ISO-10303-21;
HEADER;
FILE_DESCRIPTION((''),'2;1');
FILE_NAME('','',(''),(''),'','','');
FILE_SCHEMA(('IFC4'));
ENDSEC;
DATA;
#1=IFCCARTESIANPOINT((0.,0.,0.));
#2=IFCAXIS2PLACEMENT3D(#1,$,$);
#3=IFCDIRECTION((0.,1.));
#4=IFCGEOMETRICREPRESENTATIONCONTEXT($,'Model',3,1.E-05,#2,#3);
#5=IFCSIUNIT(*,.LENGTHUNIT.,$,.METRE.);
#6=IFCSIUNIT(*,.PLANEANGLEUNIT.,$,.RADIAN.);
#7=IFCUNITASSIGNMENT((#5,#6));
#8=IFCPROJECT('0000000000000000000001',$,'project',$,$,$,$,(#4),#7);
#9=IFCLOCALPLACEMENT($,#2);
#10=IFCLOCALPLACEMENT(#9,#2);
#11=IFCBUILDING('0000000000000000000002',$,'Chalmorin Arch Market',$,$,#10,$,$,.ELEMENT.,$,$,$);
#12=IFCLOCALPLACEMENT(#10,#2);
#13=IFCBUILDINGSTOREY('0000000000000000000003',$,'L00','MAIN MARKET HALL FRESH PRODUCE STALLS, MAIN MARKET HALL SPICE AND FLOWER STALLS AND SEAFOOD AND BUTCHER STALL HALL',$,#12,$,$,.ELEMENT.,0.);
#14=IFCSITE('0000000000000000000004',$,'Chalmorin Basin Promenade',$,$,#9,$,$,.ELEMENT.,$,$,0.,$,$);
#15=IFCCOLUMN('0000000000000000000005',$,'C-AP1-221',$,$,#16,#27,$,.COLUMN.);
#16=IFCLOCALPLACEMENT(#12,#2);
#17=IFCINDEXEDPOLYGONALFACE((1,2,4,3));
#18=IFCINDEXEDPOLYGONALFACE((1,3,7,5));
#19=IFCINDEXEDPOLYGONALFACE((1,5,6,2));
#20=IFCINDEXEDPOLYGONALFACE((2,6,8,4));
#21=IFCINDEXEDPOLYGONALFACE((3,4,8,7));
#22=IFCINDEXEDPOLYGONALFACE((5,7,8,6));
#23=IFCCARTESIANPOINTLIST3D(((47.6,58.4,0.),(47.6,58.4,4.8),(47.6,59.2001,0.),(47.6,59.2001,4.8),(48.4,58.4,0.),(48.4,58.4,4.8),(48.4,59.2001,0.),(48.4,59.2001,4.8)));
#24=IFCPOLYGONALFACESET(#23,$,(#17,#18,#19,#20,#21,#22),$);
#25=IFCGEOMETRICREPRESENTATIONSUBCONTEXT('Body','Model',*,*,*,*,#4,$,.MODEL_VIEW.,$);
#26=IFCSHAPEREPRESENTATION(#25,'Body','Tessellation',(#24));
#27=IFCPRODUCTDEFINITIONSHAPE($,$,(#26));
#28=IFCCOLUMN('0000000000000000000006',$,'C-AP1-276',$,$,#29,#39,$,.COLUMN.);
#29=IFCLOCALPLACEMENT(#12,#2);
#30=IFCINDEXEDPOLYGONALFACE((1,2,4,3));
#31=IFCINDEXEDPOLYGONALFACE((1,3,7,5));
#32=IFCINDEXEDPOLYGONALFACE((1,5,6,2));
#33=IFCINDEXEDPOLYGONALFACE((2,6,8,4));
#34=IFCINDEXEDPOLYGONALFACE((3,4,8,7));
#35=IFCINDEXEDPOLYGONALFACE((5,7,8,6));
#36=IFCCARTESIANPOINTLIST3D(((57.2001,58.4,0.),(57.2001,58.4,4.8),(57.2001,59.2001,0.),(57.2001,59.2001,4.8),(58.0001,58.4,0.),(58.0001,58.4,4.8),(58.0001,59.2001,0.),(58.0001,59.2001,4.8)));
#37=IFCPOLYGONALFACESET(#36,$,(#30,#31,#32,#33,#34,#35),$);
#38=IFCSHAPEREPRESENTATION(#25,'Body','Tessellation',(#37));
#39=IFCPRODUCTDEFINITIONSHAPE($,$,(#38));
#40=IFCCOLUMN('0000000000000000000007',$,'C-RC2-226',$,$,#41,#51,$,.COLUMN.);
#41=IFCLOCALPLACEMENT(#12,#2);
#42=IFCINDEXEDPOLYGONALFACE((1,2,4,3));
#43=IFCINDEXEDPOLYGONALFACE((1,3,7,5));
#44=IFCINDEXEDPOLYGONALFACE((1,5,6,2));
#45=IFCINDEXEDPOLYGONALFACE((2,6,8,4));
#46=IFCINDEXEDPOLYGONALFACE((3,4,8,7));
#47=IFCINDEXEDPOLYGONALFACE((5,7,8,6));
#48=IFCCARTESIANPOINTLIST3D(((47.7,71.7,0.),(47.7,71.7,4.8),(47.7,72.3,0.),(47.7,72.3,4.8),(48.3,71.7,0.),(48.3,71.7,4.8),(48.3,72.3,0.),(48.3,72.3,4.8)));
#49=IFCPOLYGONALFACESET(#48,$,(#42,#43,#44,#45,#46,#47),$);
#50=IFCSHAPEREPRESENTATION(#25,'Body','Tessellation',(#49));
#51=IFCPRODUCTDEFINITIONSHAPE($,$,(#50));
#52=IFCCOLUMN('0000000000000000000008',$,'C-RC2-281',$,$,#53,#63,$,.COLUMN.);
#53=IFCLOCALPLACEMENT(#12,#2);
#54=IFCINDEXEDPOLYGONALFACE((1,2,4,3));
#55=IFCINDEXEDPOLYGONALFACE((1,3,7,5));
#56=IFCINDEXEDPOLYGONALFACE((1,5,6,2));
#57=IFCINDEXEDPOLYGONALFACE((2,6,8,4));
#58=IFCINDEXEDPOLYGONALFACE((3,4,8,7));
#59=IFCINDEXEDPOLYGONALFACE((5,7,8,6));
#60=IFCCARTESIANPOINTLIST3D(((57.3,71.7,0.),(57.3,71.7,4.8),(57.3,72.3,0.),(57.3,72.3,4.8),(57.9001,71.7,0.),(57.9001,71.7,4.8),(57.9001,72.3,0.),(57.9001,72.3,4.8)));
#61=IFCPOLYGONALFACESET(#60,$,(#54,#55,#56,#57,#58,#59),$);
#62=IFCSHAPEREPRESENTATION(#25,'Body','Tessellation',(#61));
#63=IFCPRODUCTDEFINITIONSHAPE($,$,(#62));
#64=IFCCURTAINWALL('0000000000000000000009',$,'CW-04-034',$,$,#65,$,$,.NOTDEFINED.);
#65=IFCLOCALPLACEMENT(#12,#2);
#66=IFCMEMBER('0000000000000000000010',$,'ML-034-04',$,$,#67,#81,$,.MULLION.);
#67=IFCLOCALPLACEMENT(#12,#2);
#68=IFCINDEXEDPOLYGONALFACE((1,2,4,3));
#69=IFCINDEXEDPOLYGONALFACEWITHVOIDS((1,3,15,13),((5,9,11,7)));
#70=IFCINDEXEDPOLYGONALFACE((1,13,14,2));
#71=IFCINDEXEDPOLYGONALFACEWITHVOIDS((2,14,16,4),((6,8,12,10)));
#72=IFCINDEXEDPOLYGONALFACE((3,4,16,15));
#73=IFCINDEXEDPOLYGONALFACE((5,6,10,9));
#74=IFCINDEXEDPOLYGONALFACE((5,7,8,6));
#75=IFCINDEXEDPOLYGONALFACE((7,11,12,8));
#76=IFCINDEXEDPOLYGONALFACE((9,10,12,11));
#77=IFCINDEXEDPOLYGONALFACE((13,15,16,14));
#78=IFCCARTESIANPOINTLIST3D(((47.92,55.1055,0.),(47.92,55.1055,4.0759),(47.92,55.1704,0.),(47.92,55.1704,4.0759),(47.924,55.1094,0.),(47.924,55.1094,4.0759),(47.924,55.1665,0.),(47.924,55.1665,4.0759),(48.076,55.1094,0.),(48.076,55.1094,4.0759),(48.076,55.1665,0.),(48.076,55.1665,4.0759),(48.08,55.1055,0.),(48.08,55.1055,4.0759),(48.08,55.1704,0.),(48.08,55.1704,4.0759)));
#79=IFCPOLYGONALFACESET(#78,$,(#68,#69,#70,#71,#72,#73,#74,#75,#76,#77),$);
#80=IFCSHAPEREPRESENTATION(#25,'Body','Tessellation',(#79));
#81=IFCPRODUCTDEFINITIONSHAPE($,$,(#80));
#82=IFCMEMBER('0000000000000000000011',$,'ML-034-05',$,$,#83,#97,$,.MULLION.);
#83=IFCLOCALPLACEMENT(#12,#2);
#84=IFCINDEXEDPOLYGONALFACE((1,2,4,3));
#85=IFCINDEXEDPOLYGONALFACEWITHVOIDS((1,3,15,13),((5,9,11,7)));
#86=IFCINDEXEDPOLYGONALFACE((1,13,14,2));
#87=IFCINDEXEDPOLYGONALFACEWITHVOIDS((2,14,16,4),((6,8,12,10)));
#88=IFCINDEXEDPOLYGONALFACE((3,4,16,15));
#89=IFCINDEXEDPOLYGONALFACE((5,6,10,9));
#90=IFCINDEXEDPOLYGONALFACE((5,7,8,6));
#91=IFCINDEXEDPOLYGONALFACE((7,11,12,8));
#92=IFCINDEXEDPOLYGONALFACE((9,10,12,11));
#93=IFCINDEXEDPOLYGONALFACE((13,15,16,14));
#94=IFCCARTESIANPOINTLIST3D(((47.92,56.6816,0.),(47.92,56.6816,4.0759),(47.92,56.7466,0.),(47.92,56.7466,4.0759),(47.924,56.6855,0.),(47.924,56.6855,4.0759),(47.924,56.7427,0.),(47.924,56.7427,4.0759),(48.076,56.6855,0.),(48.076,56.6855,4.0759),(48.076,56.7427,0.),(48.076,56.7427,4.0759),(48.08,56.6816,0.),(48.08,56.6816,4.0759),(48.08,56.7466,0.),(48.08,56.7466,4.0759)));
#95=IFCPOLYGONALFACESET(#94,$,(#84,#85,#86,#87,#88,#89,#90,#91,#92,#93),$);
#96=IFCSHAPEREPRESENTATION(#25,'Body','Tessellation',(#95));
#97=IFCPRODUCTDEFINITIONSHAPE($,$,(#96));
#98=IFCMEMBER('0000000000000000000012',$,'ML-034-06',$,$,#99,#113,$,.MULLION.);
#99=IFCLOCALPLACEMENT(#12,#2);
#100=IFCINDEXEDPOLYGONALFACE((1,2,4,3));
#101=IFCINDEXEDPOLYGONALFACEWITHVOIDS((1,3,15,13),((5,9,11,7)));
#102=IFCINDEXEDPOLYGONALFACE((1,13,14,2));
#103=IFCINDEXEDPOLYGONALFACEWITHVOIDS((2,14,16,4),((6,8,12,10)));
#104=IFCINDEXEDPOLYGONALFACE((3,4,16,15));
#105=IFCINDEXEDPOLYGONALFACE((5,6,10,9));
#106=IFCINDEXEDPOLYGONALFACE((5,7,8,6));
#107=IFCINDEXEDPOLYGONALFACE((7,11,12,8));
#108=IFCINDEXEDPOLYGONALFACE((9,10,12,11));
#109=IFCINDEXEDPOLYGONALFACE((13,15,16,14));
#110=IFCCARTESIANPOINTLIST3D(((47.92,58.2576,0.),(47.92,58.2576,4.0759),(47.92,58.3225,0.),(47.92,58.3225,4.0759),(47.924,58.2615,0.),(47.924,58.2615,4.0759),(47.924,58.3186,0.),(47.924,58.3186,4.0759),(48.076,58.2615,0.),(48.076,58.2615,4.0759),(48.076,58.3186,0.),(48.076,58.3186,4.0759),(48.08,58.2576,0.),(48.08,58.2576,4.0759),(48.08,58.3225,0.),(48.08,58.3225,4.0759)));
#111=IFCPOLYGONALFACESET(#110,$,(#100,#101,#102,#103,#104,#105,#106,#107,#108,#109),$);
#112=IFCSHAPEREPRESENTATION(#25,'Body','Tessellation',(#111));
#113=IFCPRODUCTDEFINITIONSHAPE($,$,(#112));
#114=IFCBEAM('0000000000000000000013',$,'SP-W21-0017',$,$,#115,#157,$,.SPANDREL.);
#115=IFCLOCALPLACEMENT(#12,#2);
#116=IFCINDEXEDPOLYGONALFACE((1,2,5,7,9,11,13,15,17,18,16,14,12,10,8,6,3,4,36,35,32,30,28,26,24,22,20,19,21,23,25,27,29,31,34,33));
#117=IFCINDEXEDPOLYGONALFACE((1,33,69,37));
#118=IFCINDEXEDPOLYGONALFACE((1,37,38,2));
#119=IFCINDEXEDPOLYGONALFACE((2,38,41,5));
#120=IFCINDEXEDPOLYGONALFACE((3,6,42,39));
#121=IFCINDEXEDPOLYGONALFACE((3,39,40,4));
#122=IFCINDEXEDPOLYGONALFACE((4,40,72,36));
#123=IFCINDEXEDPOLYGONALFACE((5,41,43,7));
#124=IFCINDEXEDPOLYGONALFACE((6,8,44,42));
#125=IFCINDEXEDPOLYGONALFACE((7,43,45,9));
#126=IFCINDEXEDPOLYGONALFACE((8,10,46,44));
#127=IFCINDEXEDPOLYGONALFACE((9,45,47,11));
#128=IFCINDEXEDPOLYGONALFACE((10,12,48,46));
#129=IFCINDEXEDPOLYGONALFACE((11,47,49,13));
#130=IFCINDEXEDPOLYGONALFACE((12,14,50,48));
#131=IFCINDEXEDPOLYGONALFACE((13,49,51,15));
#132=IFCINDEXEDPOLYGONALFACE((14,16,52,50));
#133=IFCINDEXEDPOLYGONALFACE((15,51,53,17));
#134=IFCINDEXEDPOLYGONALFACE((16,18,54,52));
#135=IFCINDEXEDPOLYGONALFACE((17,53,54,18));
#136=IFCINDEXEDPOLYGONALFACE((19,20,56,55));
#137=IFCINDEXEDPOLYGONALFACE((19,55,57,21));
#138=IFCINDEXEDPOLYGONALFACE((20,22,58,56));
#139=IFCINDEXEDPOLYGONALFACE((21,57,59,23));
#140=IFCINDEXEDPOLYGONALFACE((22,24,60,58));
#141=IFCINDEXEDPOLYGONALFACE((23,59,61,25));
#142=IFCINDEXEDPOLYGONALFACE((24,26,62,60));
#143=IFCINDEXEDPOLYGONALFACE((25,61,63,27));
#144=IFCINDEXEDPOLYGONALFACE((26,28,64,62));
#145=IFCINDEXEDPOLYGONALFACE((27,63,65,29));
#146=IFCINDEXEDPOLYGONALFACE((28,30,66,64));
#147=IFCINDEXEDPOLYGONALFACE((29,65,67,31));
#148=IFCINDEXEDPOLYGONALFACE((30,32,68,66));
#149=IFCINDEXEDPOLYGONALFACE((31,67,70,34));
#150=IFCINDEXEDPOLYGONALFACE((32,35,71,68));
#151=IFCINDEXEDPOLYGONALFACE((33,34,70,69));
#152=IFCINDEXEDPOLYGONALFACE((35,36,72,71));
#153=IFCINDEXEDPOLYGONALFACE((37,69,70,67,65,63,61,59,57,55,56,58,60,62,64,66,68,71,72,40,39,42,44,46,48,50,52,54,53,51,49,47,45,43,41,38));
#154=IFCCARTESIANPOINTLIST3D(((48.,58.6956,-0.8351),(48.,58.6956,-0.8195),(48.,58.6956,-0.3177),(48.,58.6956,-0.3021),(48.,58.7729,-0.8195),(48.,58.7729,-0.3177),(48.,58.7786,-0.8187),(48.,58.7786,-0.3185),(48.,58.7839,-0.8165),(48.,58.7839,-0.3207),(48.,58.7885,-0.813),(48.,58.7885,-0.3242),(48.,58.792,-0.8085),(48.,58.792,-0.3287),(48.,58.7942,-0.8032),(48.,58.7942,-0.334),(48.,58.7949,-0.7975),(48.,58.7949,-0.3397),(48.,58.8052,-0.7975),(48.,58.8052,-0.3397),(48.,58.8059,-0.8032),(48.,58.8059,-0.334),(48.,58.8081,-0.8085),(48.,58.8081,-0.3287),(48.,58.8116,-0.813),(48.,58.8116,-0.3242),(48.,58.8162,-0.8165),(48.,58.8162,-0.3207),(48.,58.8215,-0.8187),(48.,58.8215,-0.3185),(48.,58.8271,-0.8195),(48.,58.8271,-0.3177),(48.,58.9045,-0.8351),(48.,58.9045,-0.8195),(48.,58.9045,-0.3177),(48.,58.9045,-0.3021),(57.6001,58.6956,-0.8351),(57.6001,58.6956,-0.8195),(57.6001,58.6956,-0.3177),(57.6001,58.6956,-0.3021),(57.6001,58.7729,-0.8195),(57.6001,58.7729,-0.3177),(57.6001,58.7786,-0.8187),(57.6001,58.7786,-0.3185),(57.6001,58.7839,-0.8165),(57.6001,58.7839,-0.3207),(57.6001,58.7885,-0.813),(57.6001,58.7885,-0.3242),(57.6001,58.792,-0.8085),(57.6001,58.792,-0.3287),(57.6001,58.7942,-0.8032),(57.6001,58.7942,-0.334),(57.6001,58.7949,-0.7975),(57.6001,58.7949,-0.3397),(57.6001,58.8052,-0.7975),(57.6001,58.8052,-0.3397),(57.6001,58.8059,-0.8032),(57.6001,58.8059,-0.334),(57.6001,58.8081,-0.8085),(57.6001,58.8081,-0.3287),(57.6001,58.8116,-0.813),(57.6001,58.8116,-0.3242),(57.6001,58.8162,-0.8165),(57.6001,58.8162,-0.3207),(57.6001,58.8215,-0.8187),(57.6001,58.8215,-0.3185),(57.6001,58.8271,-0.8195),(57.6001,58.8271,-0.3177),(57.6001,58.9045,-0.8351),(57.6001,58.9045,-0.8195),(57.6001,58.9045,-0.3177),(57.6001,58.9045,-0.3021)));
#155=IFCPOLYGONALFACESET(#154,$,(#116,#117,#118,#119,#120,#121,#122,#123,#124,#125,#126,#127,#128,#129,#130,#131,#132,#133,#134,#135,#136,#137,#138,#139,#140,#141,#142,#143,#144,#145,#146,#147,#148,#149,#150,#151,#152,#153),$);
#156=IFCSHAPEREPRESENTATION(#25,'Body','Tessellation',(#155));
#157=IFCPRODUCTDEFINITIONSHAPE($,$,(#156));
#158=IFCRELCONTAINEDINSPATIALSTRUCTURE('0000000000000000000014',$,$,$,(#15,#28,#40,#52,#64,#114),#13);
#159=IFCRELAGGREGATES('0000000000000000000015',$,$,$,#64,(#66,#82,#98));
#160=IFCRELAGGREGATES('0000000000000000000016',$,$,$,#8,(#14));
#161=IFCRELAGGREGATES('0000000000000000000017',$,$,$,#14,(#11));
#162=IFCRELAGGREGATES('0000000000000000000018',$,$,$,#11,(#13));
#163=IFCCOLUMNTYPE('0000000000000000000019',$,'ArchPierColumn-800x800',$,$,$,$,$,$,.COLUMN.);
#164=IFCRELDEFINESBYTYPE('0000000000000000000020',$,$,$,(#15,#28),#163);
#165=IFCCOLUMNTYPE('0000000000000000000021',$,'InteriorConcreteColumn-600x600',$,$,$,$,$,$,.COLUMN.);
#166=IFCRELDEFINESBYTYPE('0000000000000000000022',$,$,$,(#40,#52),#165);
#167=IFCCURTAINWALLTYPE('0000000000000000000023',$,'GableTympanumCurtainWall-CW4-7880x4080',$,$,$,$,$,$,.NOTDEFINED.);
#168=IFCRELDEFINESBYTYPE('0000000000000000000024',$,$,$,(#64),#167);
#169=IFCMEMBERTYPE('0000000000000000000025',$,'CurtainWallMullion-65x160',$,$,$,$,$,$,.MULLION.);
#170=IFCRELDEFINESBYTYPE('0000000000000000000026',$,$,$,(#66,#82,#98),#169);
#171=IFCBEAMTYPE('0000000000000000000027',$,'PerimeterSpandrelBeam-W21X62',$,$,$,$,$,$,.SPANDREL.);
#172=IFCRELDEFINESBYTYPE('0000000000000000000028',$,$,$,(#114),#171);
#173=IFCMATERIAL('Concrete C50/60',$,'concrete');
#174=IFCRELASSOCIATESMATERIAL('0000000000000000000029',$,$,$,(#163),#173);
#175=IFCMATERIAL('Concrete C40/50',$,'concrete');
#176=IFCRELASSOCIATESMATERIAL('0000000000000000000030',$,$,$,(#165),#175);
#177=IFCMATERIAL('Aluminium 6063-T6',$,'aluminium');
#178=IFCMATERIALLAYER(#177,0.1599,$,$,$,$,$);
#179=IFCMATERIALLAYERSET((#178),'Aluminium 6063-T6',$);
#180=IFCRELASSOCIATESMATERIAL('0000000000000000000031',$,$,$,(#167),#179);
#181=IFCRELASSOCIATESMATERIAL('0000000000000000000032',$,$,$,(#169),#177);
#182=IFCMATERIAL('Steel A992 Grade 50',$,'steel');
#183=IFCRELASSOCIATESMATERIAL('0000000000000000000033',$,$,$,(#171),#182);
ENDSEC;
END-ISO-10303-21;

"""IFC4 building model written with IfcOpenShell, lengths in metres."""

from ifc_helpers import new_model, si_unit, direction, frame, origin, origin_2d, place, context, subcontext, project, spatial, rectangle, hollow_rectangle, i_section, extrude, material, layer, layer_set, material_profile, profile_set, type_object, element, aggregate, save


model = new_model("IFC4")

# Units and contexts
model_context = context("Model", 3, precision=1e-05, world=origin(), true_north=direction((0.0, 1.0)))
body_context = subcontext(model_context, "Body", "Model", "MODEL_VIEW")
ifc_project = project(units=[si_unit("LENGTHUNIT", "METRE"), si_unit("PLANEANGLEUNIT", "RADIAN")], contexts=[model_context])

# Site, building, storey
site_placement = place(None, origin())
site = spatial("IfcSite", under=ifc_project, at=site_placement, Name="Chalmorin Basin Promenade", CompositionType="ELEMENT", RefElevation=0.0)
building_placement = place(site_placement, origin())
building = spatial("IfcBuilding", under=site, at=building_placement, Name="Chalmorin Arch Market", CompositionType="ELEMENT")
storey_placement = place(building_placement, origin())
storey = spatial("IfcBuildingStorey", under=building, at=storey_placement, Name="L00", Description="MAIN MARKET HALL FRESH PRODUCE STALLS, MAIN MARKET HALL SPICE AND FLOWER STALLS AND SEAFOOD AND BUTCHER STALL HALL", CompositionType="ELEMENT", Elevation=0.0)

# Columns
ifc_material_1 = material(Name="Concrete C50/60", Category="concrete")
ifc_material_profile_1 = material_profile(ifc_material_1, rectangle(XDim=0.8, YDim=0.8, at=origin_2d()), Name="RC800X800")
ifc_profile_set_1 = profile_set([ifc_material_profile_1], Name="Concrete C50/60")
column_type_1 = type_object("IfcColumnType", Name="ArchPierColumn-800x800", PredefinedType="COLUMN", material=ifc_profile_set_1)
for number, where, z_axis, x_axis, name in (
    (1, (48.0, 58.8, 0.0), (0.0, 0.0, 1.0), (1.0, 0.0, 0.0), "C-AP1-221"),
    (2, (57.6001, 58.8, 0.0), (0.0, 0.0, 1.0), (1.0, 0.0, 0.0), "C-AP1-276"),
):
    element("IfcColumn", number, at=place(storey_placement, frame(where, z_axis=z_axis, x_axis=x_axis)), inside=storey, type_object=column_type_1, Name=name, PredefinedType="COLUMN", context=body_context, shape_type="SweptSolid", body=[
        extrude(rectangle(XDim=0.8, YDim=0.8, at=origin_2d()), origin(), (0.0, 0.0, 1.0), 4.8),
    ])
ifc_material_2 = material(Name="Concrete C40/50", Category="concrete")
ifc_material_profile_2 = material_profile(ifc_material_2, rectangle(XDim=0.6001, YDim=0.6001, at=origin_2d()), Name="RC600X600")
ifc_profile_set_2 = profile_set([ifc_material_profile_2], Name="Concrete C40/50")
column_type_2 = type_object("IfcColumnType", Name="InteriorConcreteColumn-600x600", PredefinedType="COLUMN", material=ifc_profile_set_2)
for number, where, z_axis, x_axis, name in (
    (3, (48.0, 72.0, 0.0), (0.0, 0.0, 1.0), (1.0, 0.0, 0.0), "C-RC2-226"),
    (4, (57.6001, 72.0, 0.0), (0.0, 0.0, 1.0), (1.0, 0.0, 0.0), "C-RC2-281"),
):
    element("IfcColumn", number, at=place(storey_placement, frame(where, z_axis=z_axis, x_axis=x_axis)), inside=storey, type_object=column_type_2, Name=name, PredefinedType="COLUMN", context=body_context, shape_type="SweptSolid", body=[
        extrude(rectangle(XDim=0.6001, YDim=0.6001, at=origin_2d()), origin(), (0.0, 0.0, 1.0), 4.8),
    ])

# Curtain wall, members
ifc_material_3 = material(Name="Aluminium 6063-T6", Category="aluminium")
ifc_layer_1 = layer(ifc_material_3, 0.1599)
ifc_layer_set_1 = layer_set([ifc_layer_1], Name="Aluminium 6063-T6")
curtain_wall_type = type_object("IfcCurtainWallType", Name="GableTympanumCurtainWall-CW4-7880x4080", PredefinedType="NOTDEFINED", material=ifc_layer_set_1)
curtain_wall_placement = place(storey_placement, origin())
curtain_wall = element("IfcCurtainWall", 5, at=curtain_wall_placement, inside=storey, type_object=curtain_wall_type, Name="CW-04-034", PredefinedType="NOTDEFINED")
ifc_material_profile_3 = material_profile(ifc_material_3, hollow_rectangle(XDim=0.0649, YDim=0.1599, WallThickness=0.0039, at=origin_2d()), Name="ALU65X160X4")
ifc_profile_set_3 = profile_set([ifc_material_profile_3], Name="Aluminium 6063-T6")
member_type = type_object("IfcMemberType", Name="CurtainWallMullion-65x160", PredefinedType="MULLION", material=ifc_profile_set_3)
member_1_placement = place(storey_placement, frame((48.0, 55.1379, 0.0), z_axis=(0.0, 0.0, 1.0), x_axis=(0.0, 1.0, 0.0)))
member_1 = element("IfcMember", 6, at=member_1_placement, type_object=member_type, Name="ML-034-04", PredefinedType="MULLION", context=body_context, shape_type="SweptSolid", body=[
    extrude(hollow_rectangle(XDim=0.0649, YDim=0.1599, WallThickness=0.0039, at=origin_2d()), origin(), (0.0, 0.0, 1.0), 4.0759),
])
member_2_placement = place(storey_placement, frame((48.0, 56.7141, 0.0), z_axis=(0.0, 0.0, 1.0), x_axis=(0.0, 1.0, 0.0)))
member_2 = element("IfcMember", 7, at=member_2_placement, type_object=member_type, Name="ML-034-05", PredefinedType="MULLION", context=body_context, shape_type="SweptSolid", body=[
    extrude(hollow_rectangle(XDim=0.0649, YDim=0.1599, WallThickness=0.0039, at=origin_2d()), origin(), (0.0, 0.0, 1.0), 4.0759),
])
member_3_placement = place(storey_placement, frame((48.0, 58.29, 0.0), z_axis=(0.0, 0.0, 1.0), x_axis=(0.0, 1.0, 0.0)))
member_3 = element("IfcMember", 8, at=member_3_placement, type_object=member_type, Name="ML-034-06", PredefinedType="MULLION", context=body_context, shape_type="SweptSolid", body=[
    extrude(hollow_rectangle(XDim=0.0649, YDim=0.1599, WallThickness=0.0039, at=origin_2d()), origin(), (0.0, 0.0, 1.0), 4.0759),
])

# Beam
ifc_material_4 = material(Name="Steel A992 Grade 50", Category="steel")
ifc_material_profile_4 = material_profile(ifc_material_4, i_section(OverallWidth=0.209, OverallDepth=0.533, WebThickness=0.0103, FlangeThickness=0.0156, FilletRadius=0.022, at=origin_2d()), Name="W21X62")
ifc_profile_set_4 = profile_set([ifc_material_profile_4], Name="Steel A992 Grade 50")
beam_type_1 = type_object("IfcBeamType", Name="PerimeterSpandrelBeam-W21X62", PredefinedType="SPANDREL", material=ifc_profile_set_4)
beam_1_placement = place(storey_placement, frame((48.0, 58.8, -0.5686), z_axis=(1.0, 0.0, 0.0), x_axis=(0.0, 1.0, 0.0)))
element("IfcBeam", 9, at=beam_1_placement, inside=storey, type_object=beam_type_1, Name="SP-W21-0017", PredefinedType="SPANDREL", context=body_context, shape_type="SweptSolid", body=[
    extrude(i_section(OverallWidth=0.209, OverallDepth=0.533, WebThickness=0.0103, FlangeThickness=0.0156, FilletRadius=0.022, at=origin_2d()), origin(), (0.0, 0.0, 1.0), 9.6001),
])

aggregate(curtain_wall, [member_1, member_2, member_3])

save(model, "model.ifc")
